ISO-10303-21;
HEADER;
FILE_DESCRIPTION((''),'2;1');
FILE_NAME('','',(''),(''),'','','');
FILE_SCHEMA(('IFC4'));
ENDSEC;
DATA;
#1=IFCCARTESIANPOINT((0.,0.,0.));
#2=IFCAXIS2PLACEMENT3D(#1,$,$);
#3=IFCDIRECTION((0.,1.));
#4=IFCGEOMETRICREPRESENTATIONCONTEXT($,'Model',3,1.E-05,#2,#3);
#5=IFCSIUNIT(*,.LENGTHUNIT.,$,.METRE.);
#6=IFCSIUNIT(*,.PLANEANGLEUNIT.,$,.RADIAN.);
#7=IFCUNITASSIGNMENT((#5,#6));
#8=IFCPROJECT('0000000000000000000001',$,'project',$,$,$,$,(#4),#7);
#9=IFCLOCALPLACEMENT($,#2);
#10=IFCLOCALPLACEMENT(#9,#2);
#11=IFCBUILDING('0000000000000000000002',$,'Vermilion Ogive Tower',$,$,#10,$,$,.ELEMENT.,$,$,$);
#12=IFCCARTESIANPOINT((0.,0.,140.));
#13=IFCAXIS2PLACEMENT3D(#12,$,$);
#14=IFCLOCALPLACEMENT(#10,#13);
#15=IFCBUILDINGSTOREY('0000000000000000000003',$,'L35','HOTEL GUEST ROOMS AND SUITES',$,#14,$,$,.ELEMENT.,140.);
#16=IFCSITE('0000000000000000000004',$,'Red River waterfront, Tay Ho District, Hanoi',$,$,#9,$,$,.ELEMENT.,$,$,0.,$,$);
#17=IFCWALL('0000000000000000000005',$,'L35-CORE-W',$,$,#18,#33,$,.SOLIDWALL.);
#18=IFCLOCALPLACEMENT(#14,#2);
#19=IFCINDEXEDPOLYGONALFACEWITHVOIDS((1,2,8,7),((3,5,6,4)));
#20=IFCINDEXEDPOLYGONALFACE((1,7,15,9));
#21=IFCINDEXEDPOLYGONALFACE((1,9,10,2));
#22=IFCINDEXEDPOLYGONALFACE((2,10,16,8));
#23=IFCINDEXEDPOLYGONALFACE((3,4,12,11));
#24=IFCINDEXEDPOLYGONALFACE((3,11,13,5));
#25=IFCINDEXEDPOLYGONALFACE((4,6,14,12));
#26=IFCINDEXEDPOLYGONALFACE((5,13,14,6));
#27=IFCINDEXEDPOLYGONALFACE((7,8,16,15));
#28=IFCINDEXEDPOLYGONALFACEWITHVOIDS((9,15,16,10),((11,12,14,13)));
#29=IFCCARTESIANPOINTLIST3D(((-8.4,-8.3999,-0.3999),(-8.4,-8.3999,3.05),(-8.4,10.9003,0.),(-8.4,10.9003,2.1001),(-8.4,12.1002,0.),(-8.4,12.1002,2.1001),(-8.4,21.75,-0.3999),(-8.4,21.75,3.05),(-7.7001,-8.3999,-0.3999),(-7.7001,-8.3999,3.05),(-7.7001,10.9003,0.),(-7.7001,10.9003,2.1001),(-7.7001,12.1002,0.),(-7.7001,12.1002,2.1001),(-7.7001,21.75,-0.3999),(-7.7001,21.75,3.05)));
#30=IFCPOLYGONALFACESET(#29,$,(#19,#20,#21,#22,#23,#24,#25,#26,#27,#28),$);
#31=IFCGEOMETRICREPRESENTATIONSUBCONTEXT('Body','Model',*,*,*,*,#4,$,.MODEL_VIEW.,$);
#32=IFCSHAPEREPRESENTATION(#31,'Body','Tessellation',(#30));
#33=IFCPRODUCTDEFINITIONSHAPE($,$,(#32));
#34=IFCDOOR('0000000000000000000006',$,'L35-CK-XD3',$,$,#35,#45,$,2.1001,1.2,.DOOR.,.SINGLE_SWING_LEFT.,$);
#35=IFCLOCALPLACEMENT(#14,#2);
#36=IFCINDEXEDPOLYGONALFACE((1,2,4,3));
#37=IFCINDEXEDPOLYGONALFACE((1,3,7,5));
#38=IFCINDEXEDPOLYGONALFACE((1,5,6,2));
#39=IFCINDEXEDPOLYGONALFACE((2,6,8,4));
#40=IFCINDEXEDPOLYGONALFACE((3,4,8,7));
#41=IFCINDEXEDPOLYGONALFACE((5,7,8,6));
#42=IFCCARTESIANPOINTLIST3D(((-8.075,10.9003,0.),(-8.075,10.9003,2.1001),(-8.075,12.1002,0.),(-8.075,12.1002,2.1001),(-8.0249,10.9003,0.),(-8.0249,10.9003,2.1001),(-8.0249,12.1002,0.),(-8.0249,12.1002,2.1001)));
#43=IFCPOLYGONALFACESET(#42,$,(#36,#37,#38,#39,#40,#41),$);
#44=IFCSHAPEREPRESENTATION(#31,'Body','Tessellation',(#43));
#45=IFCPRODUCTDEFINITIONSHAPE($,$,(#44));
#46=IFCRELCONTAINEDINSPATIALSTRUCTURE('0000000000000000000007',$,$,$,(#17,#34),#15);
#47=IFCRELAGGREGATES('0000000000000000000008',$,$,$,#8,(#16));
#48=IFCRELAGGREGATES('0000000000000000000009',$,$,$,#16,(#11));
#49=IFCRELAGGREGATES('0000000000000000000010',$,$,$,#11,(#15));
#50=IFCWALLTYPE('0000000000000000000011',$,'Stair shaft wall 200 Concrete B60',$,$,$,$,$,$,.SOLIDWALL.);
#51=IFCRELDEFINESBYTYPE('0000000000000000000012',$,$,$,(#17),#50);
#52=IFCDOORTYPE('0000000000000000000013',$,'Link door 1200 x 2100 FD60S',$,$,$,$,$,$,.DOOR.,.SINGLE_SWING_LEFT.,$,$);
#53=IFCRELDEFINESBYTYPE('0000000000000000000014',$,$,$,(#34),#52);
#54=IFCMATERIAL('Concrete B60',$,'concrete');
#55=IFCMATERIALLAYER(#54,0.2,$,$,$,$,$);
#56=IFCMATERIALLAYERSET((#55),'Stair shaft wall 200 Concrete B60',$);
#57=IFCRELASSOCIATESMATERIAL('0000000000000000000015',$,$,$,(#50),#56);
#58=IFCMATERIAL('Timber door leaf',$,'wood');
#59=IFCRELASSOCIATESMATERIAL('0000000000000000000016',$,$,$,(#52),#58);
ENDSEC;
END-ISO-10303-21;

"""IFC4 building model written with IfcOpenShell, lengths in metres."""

from ifc_helpers import new_model, si_unit, direction, frame, frame_2d, origin, place, context, subcontext, project, spatial, rectangle, extrude, material, layer, layer_set, type_object, element, fill, save


model = new_model("IFC4")

# Units and contexts
model_context = context("Model", 3, precision=1e-05, world=origin(), true_north=direction((0.0, 1.0)))
body_context = subcontext(model_context, "Body", "Model", "MODEL_VIEW")
ifc_project = project(units=[si_unit("LENGTHUNIT", "METRE"), si_unit("PLANEANGLEUNIT", "RADIAN")], contexts=[model_context])

# Site, building, storey
site_placement = place(None, origin())
site = spatial("IfcSite", under=ifc_project, at=site_placement, Name="Red River waterfront, Tay Ho District, Hanoi", CompositionType="ELEMENT", RefElevation=0.0)
building_placement = place(site_placement, origin())
building = spatial("IfcBuilding", under=site, at=building_placement, Name="Vermilion Ogive Tower", CompositionType="ELEMENT")
storey_placement = place(building_placement, frame((0.0, 0.0, 140.0)))
storey = spatial("IfcBuildingStorey", under=building, at=storey_placement, Name="L35", Description="HOTEL GUEST ROOMS AND SUITES", CompositionType="ELEMENT", Elevation=140.0)

# Wall, opening, door
ifc_material_1 = material(Name="Concrete B60", Category="concrete")
ifc_layer_1 = layer(ifc_material_1, 0.2)
ifc_layer_set_1 = layer_set([ifc_layer_1], Name="Stair shaft wall 200 Concrete B60")
wall_type_1 = type_object("IfcWallType", Name="Stair shaft wall 200 Concrete B60", PredefinedType="SOLIDWALL", material=ifc_layer_set_1)
wall_1_placement = place(storey_placement, frame((-8.05, -8.3999, -0.3999), z_axis=(0.0, 0.0, 1.0), x_axis=(0.0, 1.0, 0.0)))
wall_1 = element("IfcWall", 1, at=wall_1_placement, inside=storey, type_object=wall_type_1, Name="L35-CORE-W", PredefinedType="SOLIDWALL", context=body_context, shape_type="SweptSolid", body=[
    extrude(rectangle(XDim=30.1499, YDim=0.7, at=frame_2d((15.075, 0.0))), origin(), (0.0, 0.0, 1.0), 3.45),
])
opening_1_placement = place(wall_1_placement, frame((19.3, 0.0, 0.3999)))
opening_1 = element("IfcOpeningElement", 2, at=opening_1_placement, cuts=wall_1, PredefinedType="OPENING", context=body_context, shape_type="SweptSolid", body=[
    extrude(rectangle(XDim=1.2, YDim=2.1001, at=frame_2d((0.6001, 1.05))), frame((0.0, 0.3599, 0.0), z_axis=(0.0, -1.0, 0.0), x_axis=(1.0, 0.0, 0.0)), (0.0, 0.0, 1.0), 0.72),
])
ifc_material_2 = material(Name="Timber door leaf", Category="wood")
door_type_1 = type_object("IfcDoorType", Name="Link door 1200 x 2100 FD60S", OperationType="SINGLE_SWING_LEFT", PredefinedType="DOOR", material=ifc_material_2)
door_1_placement = place(opening_1_placement, origin())
door_1 = element("IfcDoor", 3, at=door_1_placement, inside=storey, type_object=door_type_1, Name="L35-CK-XD3", OperationType="SINGLE_SWING_LEFT", OverallHeight=2.1001, OverallWidth=1.2, PredefinedType="DOOR", context=body_context, shape_type="SweptSolid", body=[
    extrude(rectangle(XDim=1.2, YDim=2.1001, at=frame_2d((0.6001, 1.05))), frame((0.0, 0.0249, 0.0), z_axis=(0.0, -1.0, 0.0), x_axis=(1.0, 0.0, 0.0)), (0.0, 0.0, 1.0), 0.05),
])
fill(opening_1, door_1)

save(model, "model.ifc")
